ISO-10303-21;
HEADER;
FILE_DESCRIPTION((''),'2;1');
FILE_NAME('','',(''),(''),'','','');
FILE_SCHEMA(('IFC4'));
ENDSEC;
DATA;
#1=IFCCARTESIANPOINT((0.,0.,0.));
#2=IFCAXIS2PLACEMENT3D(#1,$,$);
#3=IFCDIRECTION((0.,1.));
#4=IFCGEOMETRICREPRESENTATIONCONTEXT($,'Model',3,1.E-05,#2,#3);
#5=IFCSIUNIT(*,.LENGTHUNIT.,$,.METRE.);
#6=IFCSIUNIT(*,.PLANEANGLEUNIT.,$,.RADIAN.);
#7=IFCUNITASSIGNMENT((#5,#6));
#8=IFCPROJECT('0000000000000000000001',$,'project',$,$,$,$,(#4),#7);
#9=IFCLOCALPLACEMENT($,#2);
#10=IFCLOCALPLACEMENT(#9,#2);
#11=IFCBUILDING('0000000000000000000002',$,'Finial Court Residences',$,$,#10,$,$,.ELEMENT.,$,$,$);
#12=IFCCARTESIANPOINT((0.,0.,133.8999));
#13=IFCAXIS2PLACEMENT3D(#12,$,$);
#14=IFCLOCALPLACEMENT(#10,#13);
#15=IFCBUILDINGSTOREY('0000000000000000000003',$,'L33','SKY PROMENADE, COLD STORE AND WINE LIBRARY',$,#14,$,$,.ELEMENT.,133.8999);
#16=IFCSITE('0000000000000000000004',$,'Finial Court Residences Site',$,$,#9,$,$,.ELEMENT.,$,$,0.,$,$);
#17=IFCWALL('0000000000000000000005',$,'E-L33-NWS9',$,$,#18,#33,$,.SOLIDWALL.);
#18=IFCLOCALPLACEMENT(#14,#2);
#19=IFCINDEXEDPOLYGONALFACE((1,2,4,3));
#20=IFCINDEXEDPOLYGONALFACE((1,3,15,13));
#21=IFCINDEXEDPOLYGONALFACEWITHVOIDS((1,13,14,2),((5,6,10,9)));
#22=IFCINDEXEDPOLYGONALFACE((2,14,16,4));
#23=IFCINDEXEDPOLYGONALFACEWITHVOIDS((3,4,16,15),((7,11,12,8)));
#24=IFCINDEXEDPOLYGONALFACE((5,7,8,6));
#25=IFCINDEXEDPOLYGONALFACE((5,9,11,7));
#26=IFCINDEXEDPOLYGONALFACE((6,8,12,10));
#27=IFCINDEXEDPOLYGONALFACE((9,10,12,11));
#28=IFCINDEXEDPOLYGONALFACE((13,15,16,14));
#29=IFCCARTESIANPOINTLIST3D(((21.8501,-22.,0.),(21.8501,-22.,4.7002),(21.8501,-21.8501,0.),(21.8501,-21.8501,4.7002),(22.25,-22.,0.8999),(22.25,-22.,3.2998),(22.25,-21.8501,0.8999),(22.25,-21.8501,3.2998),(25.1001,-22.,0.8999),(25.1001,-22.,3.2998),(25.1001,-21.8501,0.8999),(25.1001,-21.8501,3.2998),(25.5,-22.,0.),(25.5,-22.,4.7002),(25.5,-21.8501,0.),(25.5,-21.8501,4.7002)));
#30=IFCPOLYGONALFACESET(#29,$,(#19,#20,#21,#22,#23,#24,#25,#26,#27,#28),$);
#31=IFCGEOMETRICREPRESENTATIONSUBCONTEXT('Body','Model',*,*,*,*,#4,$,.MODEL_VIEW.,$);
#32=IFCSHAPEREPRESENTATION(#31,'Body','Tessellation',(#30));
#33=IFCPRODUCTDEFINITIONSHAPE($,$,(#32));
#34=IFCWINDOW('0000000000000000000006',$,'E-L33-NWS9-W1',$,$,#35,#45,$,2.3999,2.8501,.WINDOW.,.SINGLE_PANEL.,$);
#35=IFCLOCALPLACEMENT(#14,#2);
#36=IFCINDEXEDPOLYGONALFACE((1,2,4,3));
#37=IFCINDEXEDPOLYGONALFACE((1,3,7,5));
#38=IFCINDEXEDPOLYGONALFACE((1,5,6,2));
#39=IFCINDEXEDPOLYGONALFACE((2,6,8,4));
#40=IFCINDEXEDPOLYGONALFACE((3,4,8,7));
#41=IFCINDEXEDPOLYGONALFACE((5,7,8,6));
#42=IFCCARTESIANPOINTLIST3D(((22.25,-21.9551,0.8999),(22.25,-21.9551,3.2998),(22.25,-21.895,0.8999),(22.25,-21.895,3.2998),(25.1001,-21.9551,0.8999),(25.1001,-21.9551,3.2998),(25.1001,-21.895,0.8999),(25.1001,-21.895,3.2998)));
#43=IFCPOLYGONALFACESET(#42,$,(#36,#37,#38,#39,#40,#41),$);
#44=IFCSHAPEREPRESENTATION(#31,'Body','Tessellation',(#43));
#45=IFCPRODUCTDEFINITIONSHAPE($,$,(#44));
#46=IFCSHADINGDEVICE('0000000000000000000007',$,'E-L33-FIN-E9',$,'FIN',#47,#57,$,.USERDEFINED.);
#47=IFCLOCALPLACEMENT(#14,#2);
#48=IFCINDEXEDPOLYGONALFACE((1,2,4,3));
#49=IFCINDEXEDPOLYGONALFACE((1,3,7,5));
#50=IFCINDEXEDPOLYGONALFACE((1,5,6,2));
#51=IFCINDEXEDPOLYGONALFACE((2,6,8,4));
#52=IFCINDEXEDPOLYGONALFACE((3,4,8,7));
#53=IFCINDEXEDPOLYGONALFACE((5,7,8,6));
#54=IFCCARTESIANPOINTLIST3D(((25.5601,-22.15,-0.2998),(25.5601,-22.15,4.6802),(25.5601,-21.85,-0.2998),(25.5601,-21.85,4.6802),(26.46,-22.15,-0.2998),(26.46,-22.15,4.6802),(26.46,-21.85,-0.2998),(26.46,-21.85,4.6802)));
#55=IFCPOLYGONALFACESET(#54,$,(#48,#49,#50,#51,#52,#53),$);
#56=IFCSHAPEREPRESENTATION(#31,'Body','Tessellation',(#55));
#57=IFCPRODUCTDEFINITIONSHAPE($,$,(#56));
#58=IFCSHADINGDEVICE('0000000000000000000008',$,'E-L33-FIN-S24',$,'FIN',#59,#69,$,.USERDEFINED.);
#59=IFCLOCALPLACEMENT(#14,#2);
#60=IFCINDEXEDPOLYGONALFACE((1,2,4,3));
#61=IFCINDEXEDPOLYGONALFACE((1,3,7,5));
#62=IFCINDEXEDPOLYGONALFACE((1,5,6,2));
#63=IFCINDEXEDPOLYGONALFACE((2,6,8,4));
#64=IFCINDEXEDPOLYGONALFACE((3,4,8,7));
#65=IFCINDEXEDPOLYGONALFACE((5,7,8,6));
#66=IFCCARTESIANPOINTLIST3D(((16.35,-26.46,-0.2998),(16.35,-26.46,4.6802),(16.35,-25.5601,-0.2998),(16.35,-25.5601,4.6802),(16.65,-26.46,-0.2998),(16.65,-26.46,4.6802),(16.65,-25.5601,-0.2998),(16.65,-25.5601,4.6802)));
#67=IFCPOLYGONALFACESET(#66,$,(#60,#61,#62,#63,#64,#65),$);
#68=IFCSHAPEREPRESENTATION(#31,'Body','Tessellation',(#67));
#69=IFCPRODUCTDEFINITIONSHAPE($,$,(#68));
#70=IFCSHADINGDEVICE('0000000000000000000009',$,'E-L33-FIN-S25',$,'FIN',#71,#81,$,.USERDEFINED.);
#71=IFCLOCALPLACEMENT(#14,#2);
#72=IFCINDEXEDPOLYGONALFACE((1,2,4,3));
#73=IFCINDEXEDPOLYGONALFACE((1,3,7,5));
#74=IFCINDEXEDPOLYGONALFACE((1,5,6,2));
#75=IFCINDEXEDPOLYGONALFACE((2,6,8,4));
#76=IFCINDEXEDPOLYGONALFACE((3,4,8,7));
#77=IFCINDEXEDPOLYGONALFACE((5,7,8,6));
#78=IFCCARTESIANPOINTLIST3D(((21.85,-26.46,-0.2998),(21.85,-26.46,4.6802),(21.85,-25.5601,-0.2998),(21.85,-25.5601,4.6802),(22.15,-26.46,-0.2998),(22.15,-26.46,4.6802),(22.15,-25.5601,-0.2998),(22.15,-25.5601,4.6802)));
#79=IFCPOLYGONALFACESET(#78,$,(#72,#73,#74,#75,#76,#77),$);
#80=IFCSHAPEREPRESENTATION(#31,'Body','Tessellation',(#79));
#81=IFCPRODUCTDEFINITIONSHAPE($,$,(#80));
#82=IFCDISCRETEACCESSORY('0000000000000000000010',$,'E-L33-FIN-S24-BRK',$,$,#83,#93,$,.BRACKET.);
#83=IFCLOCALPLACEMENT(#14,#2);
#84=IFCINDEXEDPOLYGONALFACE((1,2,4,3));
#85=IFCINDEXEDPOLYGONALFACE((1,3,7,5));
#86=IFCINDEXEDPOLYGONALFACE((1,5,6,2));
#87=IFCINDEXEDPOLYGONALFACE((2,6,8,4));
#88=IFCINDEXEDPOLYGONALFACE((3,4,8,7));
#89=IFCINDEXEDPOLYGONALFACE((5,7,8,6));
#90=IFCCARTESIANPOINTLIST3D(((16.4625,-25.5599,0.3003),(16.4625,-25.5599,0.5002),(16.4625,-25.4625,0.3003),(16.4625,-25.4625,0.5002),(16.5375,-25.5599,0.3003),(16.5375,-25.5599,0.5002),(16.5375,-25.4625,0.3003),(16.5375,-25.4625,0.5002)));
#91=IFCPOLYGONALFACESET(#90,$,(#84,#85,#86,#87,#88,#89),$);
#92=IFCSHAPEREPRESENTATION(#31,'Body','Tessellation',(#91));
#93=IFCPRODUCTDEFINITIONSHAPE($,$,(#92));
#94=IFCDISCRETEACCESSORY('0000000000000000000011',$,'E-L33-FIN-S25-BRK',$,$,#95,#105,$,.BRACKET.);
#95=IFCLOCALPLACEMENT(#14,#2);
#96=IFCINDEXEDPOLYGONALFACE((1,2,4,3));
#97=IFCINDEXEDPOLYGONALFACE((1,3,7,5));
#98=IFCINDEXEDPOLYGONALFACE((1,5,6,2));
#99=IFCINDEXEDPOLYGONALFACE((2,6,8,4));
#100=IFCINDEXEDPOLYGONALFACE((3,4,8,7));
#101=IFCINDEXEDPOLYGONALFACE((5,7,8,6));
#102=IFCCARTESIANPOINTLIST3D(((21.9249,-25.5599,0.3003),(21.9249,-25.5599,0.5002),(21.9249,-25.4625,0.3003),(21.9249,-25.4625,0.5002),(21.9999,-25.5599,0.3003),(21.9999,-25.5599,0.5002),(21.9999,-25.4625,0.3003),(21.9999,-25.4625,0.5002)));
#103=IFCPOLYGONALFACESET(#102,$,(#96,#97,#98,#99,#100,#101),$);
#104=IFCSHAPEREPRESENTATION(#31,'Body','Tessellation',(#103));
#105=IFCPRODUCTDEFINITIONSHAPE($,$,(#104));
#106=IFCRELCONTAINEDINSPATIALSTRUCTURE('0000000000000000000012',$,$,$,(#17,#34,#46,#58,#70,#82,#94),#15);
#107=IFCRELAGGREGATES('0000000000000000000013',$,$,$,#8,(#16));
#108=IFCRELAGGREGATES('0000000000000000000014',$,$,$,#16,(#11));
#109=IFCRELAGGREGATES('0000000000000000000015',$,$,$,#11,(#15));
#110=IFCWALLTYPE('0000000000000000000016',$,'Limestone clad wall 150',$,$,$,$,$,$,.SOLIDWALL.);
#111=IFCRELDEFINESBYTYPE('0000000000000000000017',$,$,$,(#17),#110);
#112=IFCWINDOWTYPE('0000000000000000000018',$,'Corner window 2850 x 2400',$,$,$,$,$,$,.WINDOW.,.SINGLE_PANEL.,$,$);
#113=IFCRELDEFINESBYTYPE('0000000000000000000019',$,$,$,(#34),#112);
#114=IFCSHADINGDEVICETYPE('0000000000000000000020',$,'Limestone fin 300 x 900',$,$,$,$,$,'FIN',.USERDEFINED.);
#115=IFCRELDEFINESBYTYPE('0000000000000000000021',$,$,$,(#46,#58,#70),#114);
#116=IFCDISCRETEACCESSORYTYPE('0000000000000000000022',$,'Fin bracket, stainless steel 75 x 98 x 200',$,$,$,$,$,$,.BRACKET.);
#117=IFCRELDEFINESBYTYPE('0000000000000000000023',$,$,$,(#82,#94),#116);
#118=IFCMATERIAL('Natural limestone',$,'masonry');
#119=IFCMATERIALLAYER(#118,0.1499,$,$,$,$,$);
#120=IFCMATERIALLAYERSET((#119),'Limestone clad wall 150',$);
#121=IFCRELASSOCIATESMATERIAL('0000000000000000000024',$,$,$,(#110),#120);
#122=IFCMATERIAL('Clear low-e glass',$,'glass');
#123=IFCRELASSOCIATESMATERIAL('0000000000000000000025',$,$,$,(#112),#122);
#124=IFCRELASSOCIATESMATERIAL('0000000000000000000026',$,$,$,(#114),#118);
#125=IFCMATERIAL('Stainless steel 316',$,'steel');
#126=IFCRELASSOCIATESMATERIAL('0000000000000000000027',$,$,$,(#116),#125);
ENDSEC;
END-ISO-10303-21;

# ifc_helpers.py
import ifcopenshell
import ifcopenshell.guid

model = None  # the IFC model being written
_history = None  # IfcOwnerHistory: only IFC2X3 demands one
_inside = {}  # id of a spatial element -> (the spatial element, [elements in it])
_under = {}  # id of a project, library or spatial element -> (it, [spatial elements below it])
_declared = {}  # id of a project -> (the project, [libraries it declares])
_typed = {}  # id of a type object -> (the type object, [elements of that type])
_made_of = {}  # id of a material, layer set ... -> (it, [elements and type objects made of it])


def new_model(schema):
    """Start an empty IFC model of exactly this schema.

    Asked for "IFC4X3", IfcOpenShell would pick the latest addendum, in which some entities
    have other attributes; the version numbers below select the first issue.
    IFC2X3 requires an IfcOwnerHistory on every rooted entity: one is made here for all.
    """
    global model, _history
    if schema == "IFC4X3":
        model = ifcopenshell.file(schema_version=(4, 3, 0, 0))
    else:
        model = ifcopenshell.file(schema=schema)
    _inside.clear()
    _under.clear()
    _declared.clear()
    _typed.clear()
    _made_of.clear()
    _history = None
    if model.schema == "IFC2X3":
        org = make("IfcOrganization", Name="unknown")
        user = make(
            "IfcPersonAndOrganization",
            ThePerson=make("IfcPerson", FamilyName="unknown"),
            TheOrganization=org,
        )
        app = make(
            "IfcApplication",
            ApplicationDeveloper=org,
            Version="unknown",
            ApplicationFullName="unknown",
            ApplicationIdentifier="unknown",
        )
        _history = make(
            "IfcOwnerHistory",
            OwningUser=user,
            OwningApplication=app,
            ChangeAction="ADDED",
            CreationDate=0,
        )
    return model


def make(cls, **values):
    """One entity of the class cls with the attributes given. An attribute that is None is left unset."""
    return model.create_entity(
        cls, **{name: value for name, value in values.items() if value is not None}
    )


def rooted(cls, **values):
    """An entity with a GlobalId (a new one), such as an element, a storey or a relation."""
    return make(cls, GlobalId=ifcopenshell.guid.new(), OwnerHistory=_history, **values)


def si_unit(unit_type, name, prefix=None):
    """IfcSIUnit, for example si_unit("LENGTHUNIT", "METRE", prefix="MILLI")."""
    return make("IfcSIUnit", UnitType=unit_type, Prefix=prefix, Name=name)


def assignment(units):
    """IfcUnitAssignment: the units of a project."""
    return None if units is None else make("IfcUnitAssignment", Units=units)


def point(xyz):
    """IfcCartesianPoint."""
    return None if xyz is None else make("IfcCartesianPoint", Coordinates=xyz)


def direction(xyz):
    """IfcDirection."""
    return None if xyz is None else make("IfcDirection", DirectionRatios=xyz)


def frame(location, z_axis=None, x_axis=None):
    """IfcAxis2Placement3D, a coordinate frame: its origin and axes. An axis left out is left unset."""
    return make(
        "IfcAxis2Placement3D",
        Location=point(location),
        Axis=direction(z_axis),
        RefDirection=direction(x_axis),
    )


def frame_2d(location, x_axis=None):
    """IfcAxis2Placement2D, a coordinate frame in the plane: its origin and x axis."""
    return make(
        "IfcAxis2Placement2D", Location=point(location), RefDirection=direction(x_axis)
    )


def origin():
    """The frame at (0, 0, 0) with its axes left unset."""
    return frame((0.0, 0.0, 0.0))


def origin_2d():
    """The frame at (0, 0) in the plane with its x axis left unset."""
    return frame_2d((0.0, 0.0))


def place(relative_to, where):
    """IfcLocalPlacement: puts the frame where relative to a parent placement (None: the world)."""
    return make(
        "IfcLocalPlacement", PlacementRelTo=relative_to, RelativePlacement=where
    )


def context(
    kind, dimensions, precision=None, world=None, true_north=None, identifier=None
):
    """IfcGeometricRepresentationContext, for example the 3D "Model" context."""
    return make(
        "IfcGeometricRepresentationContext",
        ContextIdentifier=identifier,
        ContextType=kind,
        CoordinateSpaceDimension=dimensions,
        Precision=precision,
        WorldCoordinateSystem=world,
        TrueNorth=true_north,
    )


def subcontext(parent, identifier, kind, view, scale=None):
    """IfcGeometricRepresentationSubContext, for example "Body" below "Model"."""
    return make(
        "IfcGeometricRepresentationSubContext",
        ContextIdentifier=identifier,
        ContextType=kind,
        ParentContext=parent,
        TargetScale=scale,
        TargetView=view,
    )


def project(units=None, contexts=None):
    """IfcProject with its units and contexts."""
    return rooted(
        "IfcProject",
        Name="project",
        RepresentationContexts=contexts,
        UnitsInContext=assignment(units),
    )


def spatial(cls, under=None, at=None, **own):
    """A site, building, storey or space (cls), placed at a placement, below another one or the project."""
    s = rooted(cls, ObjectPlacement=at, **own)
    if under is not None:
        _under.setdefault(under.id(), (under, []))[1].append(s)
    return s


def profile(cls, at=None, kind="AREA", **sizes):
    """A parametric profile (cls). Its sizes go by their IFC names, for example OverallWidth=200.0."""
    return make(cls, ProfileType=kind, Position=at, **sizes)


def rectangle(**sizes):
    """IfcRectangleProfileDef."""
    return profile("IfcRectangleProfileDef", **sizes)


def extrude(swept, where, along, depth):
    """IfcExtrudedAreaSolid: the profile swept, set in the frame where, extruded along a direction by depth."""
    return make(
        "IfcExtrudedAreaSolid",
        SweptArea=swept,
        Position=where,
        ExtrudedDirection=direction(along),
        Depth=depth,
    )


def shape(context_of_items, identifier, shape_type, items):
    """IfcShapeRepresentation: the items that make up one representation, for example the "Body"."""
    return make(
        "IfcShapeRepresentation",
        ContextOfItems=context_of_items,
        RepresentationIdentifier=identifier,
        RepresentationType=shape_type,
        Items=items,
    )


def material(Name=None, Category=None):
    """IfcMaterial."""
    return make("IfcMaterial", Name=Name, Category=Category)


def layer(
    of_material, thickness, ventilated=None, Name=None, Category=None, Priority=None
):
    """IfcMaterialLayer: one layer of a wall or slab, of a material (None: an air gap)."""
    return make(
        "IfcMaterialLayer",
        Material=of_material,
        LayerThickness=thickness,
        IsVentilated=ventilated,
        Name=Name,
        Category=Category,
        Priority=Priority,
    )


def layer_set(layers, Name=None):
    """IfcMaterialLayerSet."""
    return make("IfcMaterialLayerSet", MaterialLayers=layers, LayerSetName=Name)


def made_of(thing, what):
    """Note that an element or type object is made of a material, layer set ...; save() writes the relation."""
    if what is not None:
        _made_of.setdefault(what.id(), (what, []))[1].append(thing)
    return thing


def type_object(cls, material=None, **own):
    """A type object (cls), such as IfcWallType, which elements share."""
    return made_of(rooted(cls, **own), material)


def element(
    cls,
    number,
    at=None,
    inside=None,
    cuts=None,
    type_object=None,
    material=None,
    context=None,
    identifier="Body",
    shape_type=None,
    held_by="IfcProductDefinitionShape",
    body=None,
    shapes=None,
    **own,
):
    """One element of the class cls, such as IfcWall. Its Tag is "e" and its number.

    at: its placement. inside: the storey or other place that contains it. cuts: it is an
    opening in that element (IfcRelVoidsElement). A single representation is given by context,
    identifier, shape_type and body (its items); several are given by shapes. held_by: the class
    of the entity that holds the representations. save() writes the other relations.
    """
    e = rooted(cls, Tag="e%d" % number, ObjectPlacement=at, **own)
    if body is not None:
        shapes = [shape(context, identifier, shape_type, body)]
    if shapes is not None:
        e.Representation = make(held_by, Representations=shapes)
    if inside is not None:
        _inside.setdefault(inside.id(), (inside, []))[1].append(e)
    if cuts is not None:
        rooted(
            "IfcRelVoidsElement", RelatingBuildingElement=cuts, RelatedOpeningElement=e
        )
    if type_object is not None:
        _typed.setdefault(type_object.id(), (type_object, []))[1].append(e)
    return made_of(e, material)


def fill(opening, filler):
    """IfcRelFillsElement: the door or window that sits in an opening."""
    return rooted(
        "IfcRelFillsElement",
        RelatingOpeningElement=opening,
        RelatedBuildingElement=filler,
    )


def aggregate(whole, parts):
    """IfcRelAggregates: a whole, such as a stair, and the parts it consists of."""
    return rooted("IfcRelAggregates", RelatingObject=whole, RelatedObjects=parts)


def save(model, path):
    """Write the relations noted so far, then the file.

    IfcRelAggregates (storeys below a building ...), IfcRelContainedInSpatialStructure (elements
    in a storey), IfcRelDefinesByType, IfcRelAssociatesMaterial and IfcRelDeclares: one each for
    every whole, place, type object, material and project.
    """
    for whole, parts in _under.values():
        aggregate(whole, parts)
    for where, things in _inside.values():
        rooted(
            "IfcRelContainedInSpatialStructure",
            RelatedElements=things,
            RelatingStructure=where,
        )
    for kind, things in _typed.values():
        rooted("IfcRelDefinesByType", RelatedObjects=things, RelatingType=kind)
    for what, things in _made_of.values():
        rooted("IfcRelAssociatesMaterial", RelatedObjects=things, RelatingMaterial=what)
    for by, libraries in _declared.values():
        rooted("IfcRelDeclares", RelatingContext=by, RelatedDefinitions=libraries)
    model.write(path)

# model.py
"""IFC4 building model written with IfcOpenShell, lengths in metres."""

from ifc_helpers import new_model, si_unit, direction, frame, frame_2d, origin, origin_2d, place, context, subcontext, project, spatial, rectangle, extrude, material, layer, layer_set, type_object, element, fill, save


model = new_model("IFC4")

# Units and contexts
model_context = context("Model", 3, precision=1e-05, world=origin(), true_north=direction((0.0, 1.0)))
body_context = subcontext(model_context, "Body", "Model", "MODEL_VIEW")
ifc_project = project(units=[si_unit("LENGTHUNIT", "METRE"), si_unit("PLANEANGLEUNIT", "RADIAN")], contexts=[model_context])

# Site, building, storey
site_placement = place(None, origin())
site = spatial("IfcSite", under=ifc_project, at=site_placement, Name="Finial Court Residences Site", CompositionType="ELEMENT", RefElevation=0.0)
building_placement = place(site_placement, origin())
building = spatial("IfcBuilding", under=site, at=building_placement, Name="Finial Court Residences", CompositionType="ELEMENT")
storey_placement = place(building_placement, frame((0.0, 0.0, 133.8999)))
storey = spatial("IfcBuildingStorey", under=building, at=storey_placement, Name="L33", Description="SKY PROMENADE, COLD STORE AND WINE LIBRARY", CompositionType="ELEMENT", Elevation=133.8999)

# Shared definitions
ifc_material_1 = material(Name="Clear low-e glass", Category="glass")

# Wall, opening, window
ifc_material_2 = material(Name="Natural limestone", Category="masonry")
ifc_layer_1 = layer(ifc_material_2, 0.1499)
ifc_layer_set_1 = layer_set([ifc_layer_1], Name="Limestone clad wall 150")
wall_type = type_object("IfcWallType", Name="Limestone clad wall 150", PredefinedType="SOLIDWALL", material=ifc_layer_set_1)
wall_1_placement = place(storey_placement, frame((25.5, -21.925, 0.0), z_axis=(0.0, 0.0, 1.0), x_axis=(-1.0, 0.0, 0.0)))
wall_1 = element("IfcWall", 1, at=wall_1_placement, inside=storey, type_object=wall_type, Name="E-L33-NWS9", PredefinedType="SOLIDWALL", context=body_context, shape_type="SweptSolid", body=[
    extrude(rectangle(XDim=3.6499, YDim=0.1499, at=frame_2d((1.825, 0.0))), origin(), (0.0, 0.0, 1.0), 4.7002),
])
opening_1_placement = place(wall_1_placement, frame((0.3999, 0.0, 0.8999)))
opening_1 = element("IfcOpeningElement", 2, at=opening_1_placement, cuts=wall_1, PredefinedType="OPENING", context=body_context, shape_type="SweptSolid", body=[
    extrude(rectangle(XDim=2.8501, YDim=2.3999, at=frame_2d((1.425, 1.2))), frame((0.0, 0.085, 0.0), z_axis=(0.0, -1.0, 0.0), x_axis=(1.0, 0.0, 0.0)), (0.0, 0.0, 1.0), 0.1699),
])
window_type_1 = type_object("IfcWindowType", Name="Corner window 2850 x 2400", PartitioningType="SINGLE_PANEL", PredefinedType="WINDOW", material=ifc_material_1)
window_1_placement = place(opening_1_placement, origin())
window_1 = element("IfcWindow", 3, at=window_1_placement, inside=storey, type_object=window_type_1, Name="E-L33-NWS9-W1", OverallHeight=2.3999, OverallWidth=2.8501, PartitioningType="SINGLE_PANEL", PredefinedType="WINDOW", context=body_context, shape_type="SweptSolid", body=[
    extrude(rectangle(XDim=2.8501, YDim=2.3999, at=frame_2d((1.425, 1.2))), frame((0.0, 0.03, 0.0), z_axis=(0.0, -1.0, 0.0), x_axis=(1.0, 0.0, 0.0)), (0.0, 0.0, 1.0), 0.0601),
])
fill(opening_1, window_1)

# Shading devices
shading_device_type = type_object("IfcShadingDeviceType", Name="Limestone fin 300 x 900", ElementType="FIN", PredefinedType="USERDEFINED", material=ifc_material_2)
shading_device_placement = place(storey_placement, frame((26.01, -22.0, -0.2998), z_axis=(0.0, 0.0, 1.0), x_axis=(1.0, 0.0, 0.0)))
element("IfcShadingDevice", 4, at=shading_device_placement, inside=storey, type_object=shading_device_type, Name="E-L33-FIN-E9", ObjectType="FIN", PredefinedType="USERDEFINED", context=body_context, shape_type="SweptSolid", body=[
    extrude(rectangle(XDim=0.8999, YDim=0.3, at=origin_2d()), origin(), (0.0, 0.0, 1.0), 4.98),
])
for number, where, z_axis, x_axis, name in (
    (5, (16.5, -26.01, -0.2998), (0.0, 0.0, 1.0), (1.0, 0.0, 0.0), "E-L33-FIN-S24"),
    (6, (22.0, -26.01, -0.2998), (0.0, 0.0, 1.0), (1.0, 0.0, 0.0), "E-L33-FIN-S25"),
):
    element("IfcShadingDevice", number, at=place(storey_placement, frame(where, z_axis=z_axis, x_axis=x_axis)), inside=storey, type_object=shading_device_type, Name=name, ObjectType="FIN", PredefinedType="USERDEFINED", context=body_context, shape_type="SweptSolid", body=[
        extrude(rectangle(XDim=0.3, YDim=0.8999, at=origin_2d()), origin(), (0.0, 0.0, 1.0), 4.98),
    ])

# Discrete accessories
ifc_material_3 = material(Name="Stainless steel 316", Category="steel")
discrete_accessory_type = type_object("IfcDiscreteAccessoryType", Name="Fin bracket, stainless steel 75 x 98 x 200", PredefinedType="BRACKET", material=ifc_material_3)
for number, where, z_axis, x_axis, name in (
    (7, (16.5, -25.5112, 0.3003), (0.0, 0.0, 1.0), (1.0, 0.0, 0.0), "E-L33-FIN-S24-BRK"),
    (8, (21.9624, -25.5112, 0.3003), (0.0, 0.0, 1.0), (1.0, 0.0, 0.0), "E-L33-FIN-S25-BRK"),
):
    element("IfcDiscreteAccessory", number, at=place(storey_placement, frame(where, z_axis=z_axis, x_axis=x_axis)), inside=storey, type_object=discrete_accessory_type, Name=name, PredefinedType="BRACKET", context=body_context, shape_type="SweptSolid", body=[
        extrude(rectangle(XDim=0.075, YDim=0.0974, at=origin_2d()), origin(), (0.0, 0.0, 1.0), 0.2),
    ])

save(model, "model.ifc")
